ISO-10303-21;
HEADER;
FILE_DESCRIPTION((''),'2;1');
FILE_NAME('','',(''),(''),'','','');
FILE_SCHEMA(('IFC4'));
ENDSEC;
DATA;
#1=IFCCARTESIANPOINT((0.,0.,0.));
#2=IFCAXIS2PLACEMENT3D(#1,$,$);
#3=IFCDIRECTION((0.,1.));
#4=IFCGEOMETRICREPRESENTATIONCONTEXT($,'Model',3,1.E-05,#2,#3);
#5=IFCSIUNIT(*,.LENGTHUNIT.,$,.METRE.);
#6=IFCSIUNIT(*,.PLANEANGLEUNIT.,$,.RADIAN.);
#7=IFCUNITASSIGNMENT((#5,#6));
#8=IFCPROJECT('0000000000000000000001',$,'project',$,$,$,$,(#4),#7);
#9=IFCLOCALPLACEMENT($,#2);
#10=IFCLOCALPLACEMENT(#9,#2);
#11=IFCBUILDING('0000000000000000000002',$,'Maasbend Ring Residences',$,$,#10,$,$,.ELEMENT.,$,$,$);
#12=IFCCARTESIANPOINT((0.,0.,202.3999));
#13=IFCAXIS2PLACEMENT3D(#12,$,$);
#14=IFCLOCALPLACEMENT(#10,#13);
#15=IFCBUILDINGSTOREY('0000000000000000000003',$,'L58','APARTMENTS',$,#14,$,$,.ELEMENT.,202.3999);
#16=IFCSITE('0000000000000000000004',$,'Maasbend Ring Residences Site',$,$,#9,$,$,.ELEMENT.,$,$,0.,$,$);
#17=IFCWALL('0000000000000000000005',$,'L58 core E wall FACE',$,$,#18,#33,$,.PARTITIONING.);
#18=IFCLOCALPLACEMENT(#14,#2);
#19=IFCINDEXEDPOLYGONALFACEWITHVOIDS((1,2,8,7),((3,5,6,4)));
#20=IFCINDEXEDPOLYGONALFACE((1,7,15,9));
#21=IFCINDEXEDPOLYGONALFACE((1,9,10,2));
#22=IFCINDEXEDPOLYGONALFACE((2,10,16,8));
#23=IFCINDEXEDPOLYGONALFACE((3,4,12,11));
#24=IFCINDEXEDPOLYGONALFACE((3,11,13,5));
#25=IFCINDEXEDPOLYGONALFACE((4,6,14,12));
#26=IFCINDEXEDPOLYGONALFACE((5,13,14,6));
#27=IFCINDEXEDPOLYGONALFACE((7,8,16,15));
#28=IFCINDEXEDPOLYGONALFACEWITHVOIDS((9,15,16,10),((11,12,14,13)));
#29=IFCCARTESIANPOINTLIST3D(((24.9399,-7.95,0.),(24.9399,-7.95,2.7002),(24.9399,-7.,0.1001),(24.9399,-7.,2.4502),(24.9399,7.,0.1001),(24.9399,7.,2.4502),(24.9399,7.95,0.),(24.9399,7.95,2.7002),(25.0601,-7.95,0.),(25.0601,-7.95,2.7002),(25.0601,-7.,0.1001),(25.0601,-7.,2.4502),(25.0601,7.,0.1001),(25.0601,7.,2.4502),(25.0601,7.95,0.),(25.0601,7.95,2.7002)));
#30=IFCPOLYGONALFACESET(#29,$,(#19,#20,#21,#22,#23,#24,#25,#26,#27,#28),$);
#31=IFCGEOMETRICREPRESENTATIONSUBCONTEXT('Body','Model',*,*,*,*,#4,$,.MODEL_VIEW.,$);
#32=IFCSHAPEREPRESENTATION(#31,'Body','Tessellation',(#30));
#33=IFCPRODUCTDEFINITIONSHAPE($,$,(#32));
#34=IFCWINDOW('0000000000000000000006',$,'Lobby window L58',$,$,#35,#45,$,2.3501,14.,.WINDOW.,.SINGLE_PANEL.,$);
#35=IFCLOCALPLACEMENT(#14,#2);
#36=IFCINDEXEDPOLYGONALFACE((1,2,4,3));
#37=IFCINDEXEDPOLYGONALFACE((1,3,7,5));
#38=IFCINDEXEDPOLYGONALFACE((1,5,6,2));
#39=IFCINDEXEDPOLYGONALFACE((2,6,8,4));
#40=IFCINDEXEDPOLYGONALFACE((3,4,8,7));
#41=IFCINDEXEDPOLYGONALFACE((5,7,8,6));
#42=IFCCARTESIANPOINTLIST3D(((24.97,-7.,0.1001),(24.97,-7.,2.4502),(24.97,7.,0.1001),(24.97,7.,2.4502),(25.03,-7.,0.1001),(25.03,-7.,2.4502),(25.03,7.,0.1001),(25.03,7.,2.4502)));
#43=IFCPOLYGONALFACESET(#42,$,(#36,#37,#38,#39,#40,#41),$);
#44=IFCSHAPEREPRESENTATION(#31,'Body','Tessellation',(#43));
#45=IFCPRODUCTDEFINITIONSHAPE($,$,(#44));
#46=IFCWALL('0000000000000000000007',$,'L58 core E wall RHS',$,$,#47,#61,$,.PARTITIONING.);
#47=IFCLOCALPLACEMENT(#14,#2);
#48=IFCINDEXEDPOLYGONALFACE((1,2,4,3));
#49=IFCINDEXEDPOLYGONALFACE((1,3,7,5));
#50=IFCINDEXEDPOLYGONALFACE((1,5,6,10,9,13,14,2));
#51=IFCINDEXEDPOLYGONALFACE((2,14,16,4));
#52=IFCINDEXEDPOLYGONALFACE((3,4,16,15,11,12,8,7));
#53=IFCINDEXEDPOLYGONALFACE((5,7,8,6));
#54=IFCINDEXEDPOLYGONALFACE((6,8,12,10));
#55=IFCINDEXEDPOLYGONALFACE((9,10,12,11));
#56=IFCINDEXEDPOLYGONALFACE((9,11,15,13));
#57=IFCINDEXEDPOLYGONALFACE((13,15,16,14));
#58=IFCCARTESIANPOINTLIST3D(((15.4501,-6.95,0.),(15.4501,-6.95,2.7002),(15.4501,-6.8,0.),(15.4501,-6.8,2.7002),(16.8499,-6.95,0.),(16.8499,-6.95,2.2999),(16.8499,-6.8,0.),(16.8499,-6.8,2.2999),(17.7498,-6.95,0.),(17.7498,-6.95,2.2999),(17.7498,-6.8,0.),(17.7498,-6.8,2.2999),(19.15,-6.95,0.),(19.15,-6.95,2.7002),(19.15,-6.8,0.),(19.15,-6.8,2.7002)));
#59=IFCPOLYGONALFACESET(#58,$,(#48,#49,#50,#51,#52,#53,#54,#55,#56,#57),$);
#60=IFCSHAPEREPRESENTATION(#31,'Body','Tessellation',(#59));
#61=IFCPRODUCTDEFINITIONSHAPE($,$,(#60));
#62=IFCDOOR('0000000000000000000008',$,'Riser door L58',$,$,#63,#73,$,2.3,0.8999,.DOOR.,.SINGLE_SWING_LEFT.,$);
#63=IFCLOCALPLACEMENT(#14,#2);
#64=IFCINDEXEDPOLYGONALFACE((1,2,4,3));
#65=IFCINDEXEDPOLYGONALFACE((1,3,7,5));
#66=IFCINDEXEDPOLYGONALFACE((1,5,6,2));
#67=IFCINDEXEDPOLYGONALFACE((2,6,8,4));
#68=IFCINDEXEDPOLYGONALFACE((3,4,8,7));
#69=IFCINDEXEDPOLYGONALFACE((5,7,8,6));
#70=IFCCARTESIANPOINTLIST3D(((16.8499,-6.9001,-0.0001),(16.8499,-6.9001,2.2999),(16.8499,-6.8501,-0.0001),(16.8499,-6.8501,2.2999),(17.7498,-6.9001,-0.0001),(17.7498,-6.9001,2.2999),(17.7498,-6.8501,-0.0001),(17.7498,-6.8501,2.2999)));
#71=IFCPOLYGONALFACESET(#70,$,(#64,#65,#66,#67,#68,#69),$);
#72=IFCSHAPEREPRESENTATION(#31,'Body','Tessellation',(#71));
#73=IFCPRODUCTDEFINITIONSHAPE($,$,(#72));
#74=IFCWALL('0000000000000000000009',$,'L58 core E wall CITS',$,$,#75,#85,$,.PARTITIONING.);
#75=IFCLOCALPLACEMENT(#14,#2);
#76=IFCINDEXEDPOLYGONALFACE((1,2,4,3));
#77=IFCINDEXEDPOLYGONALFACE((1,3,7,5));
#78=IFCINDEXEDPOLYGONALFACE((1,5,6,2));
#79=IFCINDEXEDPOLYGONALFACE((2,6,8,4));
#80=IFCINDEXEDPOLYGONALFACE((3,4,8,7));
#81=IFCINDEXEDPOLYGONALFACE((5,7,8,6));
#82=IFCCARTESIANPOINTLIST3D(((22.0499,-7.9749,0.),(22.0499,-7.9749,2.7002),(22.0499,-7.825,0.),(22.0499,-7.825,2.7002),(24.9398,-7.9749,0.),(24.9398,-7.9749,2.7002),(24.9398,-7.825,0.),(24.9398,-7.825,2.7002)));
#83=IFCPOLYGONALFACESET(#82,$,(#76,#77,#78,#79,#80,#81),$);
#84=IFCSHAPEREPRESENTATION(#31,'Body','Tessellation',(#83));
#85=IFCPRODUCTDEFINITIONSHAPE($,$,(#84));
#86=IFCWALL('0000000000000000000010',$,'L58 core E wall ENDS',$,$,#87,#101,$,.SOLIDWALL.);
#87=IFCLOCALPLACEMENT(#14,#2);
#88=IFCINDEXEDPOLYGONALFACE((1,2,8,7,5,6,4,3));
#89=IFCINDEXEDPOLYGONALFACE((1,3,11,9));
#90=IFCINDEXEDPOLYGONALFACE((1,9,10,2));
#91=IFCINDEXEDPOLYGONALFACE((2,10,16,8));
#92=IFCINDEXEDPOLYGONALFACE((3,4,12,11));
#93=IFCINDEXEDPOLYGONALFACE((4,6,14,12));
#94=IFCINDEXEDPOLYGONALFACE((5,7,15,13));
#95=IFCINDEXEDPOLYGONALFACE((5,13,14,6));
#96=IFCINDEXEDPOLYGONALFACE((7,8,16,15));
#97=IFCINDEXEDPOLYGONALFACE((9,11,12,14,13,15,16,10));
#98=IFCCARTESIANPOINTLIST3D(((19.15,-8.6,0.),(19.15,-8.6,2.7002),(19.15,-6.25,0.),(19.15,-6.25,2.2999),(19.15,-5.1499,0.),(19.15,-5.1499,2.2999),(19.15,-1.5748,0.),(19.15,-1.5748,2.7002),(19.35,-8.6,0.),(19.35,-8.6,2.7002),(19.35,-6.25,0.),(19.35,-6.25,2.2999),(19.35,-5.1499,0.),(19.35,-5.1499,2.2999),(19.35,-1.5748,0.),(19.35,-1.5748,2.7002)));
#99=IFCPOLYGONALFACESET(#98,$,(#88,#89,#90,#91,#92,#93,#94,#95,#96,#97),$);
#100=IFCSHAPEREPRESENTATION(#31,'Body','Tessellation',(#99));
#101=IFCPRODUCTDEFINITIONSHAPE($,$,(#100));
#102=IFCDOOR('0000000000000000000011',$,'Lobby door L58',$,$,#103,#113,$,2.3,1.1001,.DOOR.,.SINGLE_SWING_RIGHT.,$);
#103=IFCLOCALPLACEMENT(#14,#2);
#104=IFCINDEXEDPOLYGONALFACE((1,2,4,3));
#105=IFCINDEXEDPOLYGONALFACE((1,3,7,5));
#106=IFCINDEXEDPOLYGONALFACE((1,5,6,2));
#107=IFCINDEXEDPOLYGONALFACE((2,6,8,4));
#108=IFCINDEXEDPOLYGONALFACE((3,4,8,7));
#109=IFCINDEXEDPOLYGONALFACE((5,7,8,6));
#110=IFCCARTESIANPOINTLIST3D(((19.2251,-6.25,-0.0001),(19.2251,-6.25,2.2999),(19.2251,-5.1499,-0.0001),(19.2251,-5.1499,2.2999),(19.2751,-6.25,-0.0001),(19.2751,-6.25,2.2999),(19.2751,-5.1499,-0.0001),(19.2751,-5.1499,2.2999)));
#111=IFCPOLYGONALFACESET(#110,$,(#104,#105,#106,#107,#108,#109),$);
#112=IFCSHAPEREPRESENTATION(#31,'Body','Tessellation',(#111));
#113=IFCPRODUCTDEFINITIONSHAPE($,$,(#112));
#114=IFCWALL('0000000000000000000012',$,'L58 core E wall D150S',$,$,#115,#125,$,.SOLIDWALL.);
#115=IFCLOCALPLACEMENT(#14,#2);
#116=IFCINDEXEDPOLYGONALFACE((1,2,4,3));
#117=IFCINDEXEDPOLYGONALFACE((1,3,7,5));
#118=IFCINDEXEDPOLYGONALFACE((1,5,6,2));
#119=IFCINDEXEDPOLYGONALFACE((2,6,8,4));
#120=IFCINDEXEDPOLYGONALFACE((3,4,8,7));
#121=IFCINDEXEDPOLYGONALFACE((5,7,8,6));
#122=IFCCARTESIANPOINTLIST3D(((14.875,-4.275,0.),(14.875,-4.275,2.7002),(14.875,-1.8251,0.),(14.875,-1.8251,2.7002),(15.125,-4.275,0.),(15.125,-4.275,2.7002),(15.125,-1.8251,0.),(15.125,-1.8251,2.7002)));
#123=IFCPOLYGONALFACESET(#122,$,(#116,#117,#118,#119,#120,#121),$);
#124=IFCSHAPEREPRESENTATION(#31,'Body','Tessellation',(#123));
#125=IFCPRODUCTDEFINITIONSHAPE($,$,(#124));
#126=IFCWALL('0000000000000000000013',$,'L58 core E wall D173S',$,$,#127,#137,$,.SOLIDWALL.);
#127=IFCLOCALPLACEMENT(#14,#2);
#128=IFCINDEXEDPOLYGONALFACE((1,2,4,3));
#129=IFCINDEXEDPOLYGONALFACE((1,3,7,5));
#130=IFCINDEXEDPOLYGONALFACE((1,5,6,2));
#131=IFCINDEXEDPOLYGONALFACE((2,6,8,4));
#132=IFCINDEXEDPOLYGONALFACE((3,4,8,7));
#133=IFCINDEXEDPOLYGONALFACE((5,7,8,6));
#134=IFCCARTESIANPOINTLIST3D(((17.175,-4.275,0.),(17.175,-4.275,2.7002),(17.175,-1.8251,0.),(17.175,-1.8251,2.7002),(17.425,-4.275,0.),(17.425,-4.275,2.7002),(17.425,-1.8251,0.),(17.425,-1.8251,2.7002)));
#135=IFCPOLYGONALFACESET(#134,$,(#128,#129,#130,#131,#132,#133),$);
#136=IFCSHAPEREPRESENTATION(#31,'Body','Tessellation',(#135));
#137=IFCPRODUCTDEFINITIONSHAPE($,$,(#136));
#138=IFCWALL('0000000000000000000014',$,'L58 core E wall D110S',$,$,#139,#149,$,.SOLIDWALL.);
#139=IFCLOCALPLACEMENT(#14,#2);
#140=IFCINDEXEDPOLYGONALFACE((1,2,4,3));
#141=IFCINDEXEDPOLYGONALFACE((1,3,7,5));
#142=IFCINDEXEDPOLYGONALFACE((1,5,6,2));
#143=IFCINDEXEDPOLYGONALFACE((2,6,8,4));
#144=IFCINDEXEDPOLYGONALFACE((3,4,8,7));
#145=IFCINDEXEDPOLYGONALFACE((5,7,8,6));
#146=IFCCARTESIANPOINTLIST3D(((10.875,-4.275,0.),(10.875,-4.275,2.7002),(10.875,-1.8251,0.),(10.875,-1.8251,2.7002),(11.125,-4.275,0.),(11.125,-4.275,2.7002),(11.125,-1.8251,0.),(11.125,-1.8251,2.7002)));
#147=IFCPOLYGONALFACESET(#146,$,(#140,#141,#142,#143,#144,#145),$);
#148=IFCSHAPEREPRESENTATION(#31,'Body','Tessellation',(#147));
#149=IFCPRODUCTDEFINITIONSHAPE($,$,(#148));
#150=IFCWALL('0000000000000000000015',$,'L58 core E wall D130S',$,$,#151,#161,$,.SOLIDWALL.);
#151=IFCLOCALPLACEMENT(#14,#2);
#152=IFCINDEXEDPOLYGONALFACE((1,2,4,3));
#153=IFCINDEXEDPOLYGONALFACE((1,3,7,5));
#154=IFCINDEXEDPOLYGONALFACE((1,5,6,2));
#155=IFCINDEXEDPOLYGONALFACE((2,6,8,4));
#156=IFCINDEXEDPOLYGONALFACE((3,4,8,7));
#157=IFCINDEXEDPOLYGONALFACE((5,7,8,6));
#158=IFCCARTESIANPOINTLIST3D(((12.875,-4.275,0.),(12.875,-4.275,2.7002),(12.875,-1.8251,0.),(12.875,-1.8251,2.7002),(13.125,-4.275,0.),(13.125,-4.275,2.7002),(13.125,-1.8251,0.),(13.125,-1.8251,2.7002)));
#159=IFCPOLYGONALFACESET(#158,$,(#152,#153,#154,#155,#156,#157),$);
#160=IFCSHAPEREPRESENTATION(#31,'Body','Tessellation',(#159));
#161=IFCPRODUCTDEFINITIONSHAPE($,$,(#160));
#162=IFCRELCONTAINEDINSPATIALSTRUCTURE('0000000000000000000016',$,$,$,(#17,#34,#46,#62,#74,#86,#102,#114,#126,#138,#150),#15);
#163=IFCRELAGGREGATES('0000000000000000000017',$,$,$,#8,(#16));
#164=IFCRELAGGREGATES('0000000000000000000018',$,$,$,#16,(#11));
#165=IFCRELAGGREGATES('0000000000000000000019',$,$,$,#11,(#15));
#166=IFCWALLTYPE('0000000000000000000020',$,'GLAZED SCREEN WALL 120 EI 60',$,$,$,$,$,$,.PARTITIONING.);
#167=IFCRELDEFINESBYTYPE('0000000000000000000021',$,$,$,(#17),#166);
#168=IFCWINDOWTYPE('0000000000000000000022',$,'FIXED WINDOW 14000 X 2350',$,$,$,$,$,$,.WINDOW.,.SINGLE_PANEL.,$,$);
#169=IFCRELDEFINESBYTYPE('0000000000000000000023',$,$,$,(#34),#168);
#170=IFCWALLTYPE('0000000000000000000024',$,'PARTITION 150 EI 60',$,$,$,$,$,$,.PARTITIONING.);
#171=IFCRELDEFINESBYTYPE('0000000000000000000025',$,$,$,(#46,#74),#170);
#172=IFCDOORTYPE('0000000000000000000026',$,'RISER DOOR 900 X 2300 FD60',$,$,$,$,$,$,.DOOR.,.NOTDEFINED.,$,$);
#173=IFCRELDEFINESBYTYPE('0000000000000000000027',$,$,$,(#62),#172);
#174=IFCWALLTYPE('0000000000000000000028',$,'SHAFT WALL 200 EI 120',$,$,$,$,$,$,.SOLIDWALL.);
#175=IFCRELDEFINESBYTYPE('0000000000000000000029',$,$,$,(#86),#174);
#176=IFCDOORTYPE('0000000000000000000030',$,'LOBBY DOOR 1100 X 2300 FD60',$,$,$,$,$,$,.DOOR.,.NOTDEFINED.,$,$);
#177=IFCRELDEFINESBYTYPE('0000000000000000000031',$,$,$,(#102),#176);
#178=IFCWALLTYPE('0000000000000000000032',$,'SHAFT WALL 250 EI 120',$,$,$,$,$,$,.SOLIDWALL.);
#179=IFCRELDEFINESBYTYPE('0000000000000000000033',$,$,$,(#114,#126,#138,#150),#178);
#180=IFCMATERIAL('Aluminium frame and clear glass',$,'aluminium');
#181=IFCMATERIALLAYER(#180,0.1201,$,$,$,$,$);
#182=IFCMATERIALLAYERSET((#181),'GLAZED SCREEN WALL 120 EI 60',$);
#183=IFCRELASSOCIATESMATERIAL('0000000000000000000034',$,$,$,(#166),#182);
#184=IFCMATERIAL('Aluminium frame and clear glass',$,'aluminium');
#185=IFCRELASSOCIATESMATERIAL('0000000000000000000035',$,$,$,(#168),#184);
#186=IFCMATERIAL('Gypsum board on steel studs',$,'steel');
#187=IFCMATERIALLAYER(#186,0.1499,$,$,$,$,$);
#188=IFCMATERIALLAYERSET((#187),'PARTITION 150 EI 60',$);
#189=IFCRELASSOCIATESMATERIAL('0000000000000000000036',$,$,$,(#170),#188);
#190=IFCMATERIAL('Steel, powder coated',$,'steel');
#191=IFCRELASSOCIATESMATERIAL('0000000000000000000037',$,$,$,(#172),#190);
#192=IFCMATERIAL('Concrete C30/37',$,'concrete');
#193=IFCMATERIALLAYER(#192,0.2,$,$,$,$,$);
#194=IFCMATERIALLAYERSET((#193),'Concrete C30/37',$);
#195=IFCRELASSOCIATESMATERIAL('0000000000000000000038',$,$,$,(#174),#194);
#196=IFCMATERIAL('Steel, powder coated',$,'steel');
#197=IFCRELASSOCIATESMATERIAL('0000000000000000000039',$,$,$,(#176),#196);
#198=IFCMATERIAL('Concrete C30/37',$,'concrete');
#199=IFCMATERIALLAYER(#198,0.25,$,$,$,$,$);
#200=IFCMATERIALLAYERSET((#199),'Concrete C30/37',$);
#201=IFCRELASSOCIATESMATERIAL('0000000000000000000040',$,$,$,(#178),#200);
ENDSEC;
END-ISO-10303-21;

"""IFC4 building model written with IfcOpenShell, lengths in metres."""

from ifc_helpers import new_model, si_unit, direction, frame, frame_2d, origin, place, context, subcontext, project, spatial, rectangle, extrude, material, layer, layer_set, type_object, element, fill, save


model = new_model("IFC4")

# Units and contexts
model_context = context("Model", 3, precision=1e-05, world=origin(), true_north=direction((0.0, 1.0)))
body_context = subcontext(model_context, "Body", "Model", "MODEL_VIEW")
ifc_project = project(units=[si_unit("LENGTHUNIT", "METRE"), si_unit("PLANEANGLEUNIT", "RADIAN")], contexts=[model_context])

# Site, building, storey
site_placement = place(None, origin())
site = spatial("IfcSite", under=ifc_project, at=site_placement, Name="Maasbend Ring Residences Site", CompositionType="ELEMENT", RefElevation=0.0)
building_placement = place(site_placement, origin())
building = spatial("IfcBuilding", under=site, at=building_placement, Name="Maasbend Ring Residences", CompositionType="ELEMENT")
storey_placement = place(building_placement, frame((0.0, 0.0, 202.3999)))
storey = spatial("IfcBuildingStorey", under=building, at=storey_placement, Name="L58", Description="APARTMENTS", CompositionType="ELEMENT", Elevation=202.3999)

# Wall, opening, window
ifc_material_1 = material(Name="Aluminium frame and clear glass", Category="aluminium")
ifc_layer_1 = layer(ifc_material_1, 0.1201)
ifc_layer_set_1 = layer_set([ifc_layer_1], Name="GLAZED SCREEN WALL 120 EI 60")
wall_type_1 = type_object("IfcWallType", Name="GLAZED SCREEN WALL 120 EI 60", PredefinedType="PARTITIONING", material=ifc_layer_set_1)
wall_1_placement = place(storey_placement, frame((25.0, -7.95, 0.0), z_axis=(0.0, 0.0, 1.0), x_axis=(0.0, 1.0, 0.0)))
wall_1 = element("IfcWall", 1, at=wall_1_placement, inside=storey, type_object=wall_type_1, Name="L58 core E wall FACE", PredefinedType="PARTITIONING", context=body_context, shape_type="SweptSolid", body=[
    extrude(rectangle(XDim=15.8999, YDim=0.1201, at=frame_2d((7.95, 0.0))), origin(), (0.0, 0.0, 1.0), 2.7002),
])
opening_1_placement = place(wall_1_placement, frame((0.95, 0.0, 0.1001)))
opening_1 = element("IfcOpeningElement", 2, at=opening_1_placement, cuts=wall_1, PredefinedType="OPENING", context=body_context, shape_type="SweptSolid", body=[
    extrude(rectangle(XDim=14.0, YDim=2.3501, at=frame_2d((7.0, 1.175))), frame((0.0, 0.0701, 0.0), z_axis=(0.0, -1.0, 0.0), x_axis=(1.0, 0.0, 0.0)), (0.0, 0.0, 1.0), 0.1401),
])
ifc_material_2 = material(Name="Aluminium frame and clear glass", Category="aluminium")
window_type = type_object("IfcWindowType", Name="FIXED WINDOW 14000 X 2350", PartitioningType="SINGLE_PANEL", PredefinedType="WINDOW", material=ifc_material_2)
window_placement = place(opening_1_placement, origin())
window = element("IfcWindow", 3, at=window_placement, inside=storey, type_object=window_type, Name="Lobby window L58", OverallHeight=2.3501, OverallWidth=14.0, PartitioningType="SINGLE_PANEL", PredefinedType="WINDOW", context=body_context, shape_type="SweptSolid", body=[
    extrude(rectangle(XDim=14.0, YDim=2.3501, at=frame_2d((7.0, 1.175))), frame((0.0, 0.03, 0.0), z_axis=(0.0, -1.0, 0.0), x_axis=(1.0, 0.0, 0.0)), (0.0, 0.0, 1.0), 0.0601),
])
fill(opening_1, window)

# Wall, opening, door
ifc_material_3 = material(Name="Gypsum board on steel studs", Category="steel")
ifc_layer_2 = layer(ifc_material_3, 0.1499)
ifc_layer_set_2 = layer_set([ifc_layer_2], Name="PARTITION 150 EI 60")
wall_type_2 = type_object("IfcWallType", Name="PARTITION 150 EI 60", PredefinedType="PARTITIONING", material=ifc_layer_set_2)
wall_2_placement = place(storey_placement, frame((15.45, -6.875, 0.0), z_axis=(0.0, 0.0, 1.0), x_axis=(1.0, 0.0, 0.0)))
wall_2 = element("IfcWall", 4, at=wall_2_placement, inside=storey, type_object=wall_type_2, Name="L58 core E wall RHS", PredefinedType="PARTITIONING", context=body_context, shape_type="SweptSolid", body=[
    extrude(rectangle(XDim=3.7, YDim=0.1499, at=frame_2d((1.8501, 0.0))), origin(), (0.0, 0.0, 1.0), 2.7002),
])
opening_2_placement = place(wall_2_placement, frame((1.3999, 0.0, 0.0)))
opening_2 = element("IfcOpeningElement", 5, at=opening_2_placement, cuts=wall_2, PredefinedType="OPENING", context=body_context, shape_type="SweptSolid", body=[
    extrude(rectangle(XDim=0.8999, YDim=2.3, at=frame_2d((0.45, 1.1499))), frame((0.0, 0.085, 0.0), z_axis=(0.0, -1.0, 0.0), x_axis=(1.0, 0.0, 0.0)), (0.0, 0.0, 1.0), 0.1699),
])
ifc_material_4 = material(Name="Steel, powder coated", Category="steel")
door_type_1 = type_object("IfcDoorType", Name="RISER DOOR 900 X 2300 FD60", OperationType="NOTDEFINED", PredefinedType="DOOR", material=ifc_material_4)
door_1_placement = place(opening_2_placement, origin())
door_1 = element("IfcDoor", 6, at=door_1_placement, inside=storey, type_object=door_type_1, Name="Riser door L58", OperationType="SINGLE_SWING_LEFT", OverallHeight=2.3, OverallWidth=0.8999, PredefinedType="DOOR", context=body_context, shape_type="SweptSolid", body=[
    extrude(rectangle(XDim=0.8999, YDim=2.3, at=frame_2d((0.45, 1.1499))), frame((0.0, 0.0249, 0.0), z_axis=(0.0, -1.0, 0.0), x_axis=(1.0, 0.0, 0.0)), (0.0, 0.0, 1.0), 0.05),
])
fill(opening_2, door_1)

# Wall
wall_3_placement = place(storey_placement, frame((22.05, -7.8999, 0.0), z_axis=(0.0, 0.0, 1.0), x_axis=(1.0, 0.0, 0.0)))
element("IfcWall", 7, at=wall_3_placement, inside=storey, type_object=wall_type_2, Name="L58 core E wall CITS", PredefinedType="PARTITIONING", context=body_context, shape_type="SweptSolid", body=[
    extrude(rectangle(XDim=2.8899, YDim=0.1499, at=frame_2d((1.4448, 0.0))), origin(), (0.0, 0.0, 1.0), 2.7002),
])

# Wall, opening, door
ifc_material_5 = material(Name="Concrete C30/37", Category="concrete")
ifc_layer_3 = layer(ifc_material_5, 0.2)
ifc_layer_set_3 = layer_set([ifc_layer_3], Name="Concrete C30/37")
wall_type_3 = type_object("IfcWallType", Name="SHAFT WALL 200 EI 120", PredefinedType="SOLIDWALL", material=ifc_layer_set_3)
wall_4_placement = place(storey_placement, frame((19.25, -8.6001, 0.0), z_axis=(0.0, 0.0, 1.0), x_axis=(0.0, 1.0, 0.0)))
wall_4 = element("IfcWall", 8, at=wall_4_placement, inside=storey, type_object=wall_type_3, Name="L58 core E wall ENDS", PredefinedType="SOLIDWALL", context=body_context, shape_type="SweptSolid", body=[
    extrude(rectangle(XDim=7.0251, YDim=0.2, at=frame_2d((3.5127, 0.0))), origin(), (0.0, 0.0, 1.0), 2.7002),
])
opening_3_placement = place(wall_4_placement, frame((2.3501, 0.0, 0.0)))
opening_3 = element("IfcOpeningElement", 9, at=opening_3_placement, cuts=wall_4, PredefinedType="OPENING", context=body_context, shape_type="SweptSolid", body=[
    extrude(rectangle(XDim=1.1001, YDim=2.3, at=frame_2d((0.55, 1.1499))), frame((0.0, 0.1099, 0.0), z_axis=(0.0, -1.0, 0.0), x_axis=(1.0, 0.0, 0.0)), (0.0, 0.0, 1.0), 0.22),
])
ifc_material_6 = material(Name="Steel, powder coated", Category="steel")
door_type_2 = type_object("IfcDoorType", Name="LOBBY DOOR 1100 X 2300 FD60", OperationType="NOTDEFINED", PredefinedType="DOOR", material=ifc_material_6)
door_2_placement = place(opening_3_placement, origin())
door_2 = element("IfcDoor", 10, at=door_2_placement, inside=storey, type_object=door_type_2, Name="Lobby door L58", OperationType="SINGLE_SWING_RIGHT", OverallHeight=2.3, OverallWidth=1.1001, PredefinedType="DOOR", context=body_context, shape_type="SweptSolid", body=[
    extrude(rectangle(XDim=1.1001, YDim=2.3, at=frame_2d((0.55, 1.1499))), frame((0.0, 0.0249, 0.0), z_axis=(0.0, -1.0, 0.0), x_axis=(1.0, 0.0, 0.0)), (0.0, 0.0, 1.0), 0.05),
])
fill(opening_3, door_2)

# Walls
ifc_material_7 = material(Name="Concrete C30/37", Category="concrete")
ifc_layer_4 = layer(ifc_material_7, 0.25)
ifc_layer_set_4 = layer_set([ifc_layer_4], Name="Concrete C30/37")
wall_type_4 = type_object("IfcWallType", Name="SHAFT WALL 250 EI 120", PredefinedType="SOLIDWALL", material=ifc_layer_set_4)
for number, where, z_axis, x_axis, name in (
    (11, (15.0, -1.825, 0.0), (0.0, 0.0, 1.0), (0.0, -1.0, 0.0), "L58 core E wall D150S"),
    (12, (17.3, -1.825, 0.0), (0.0, 0.0, 1.0), (0.0, -1.0, 0.0), "L58 core E wall D173S"),
    (13, (11.0, -1.825, 0.0), (0.0, 0.0, 1.0), (0.0, -1.0, 0.0), "L58 core E wall D110S"),
    (14, (13.0, -1.825, 0.0), (0.0, 0.0, 1.0), (0.0, -1.0, 0.0), "L58 core E wall D130S"),
):
    element("IfcWall", number, at=place(storey_placement, frame(where, z_axis=z_axis, x_axis=x_axis)), inside=storey, type_object=wall_type_4, Name=name, PredefinedType="SOLIDWALL", context=body_context, shape_type="SweptSolid", body=[
        extrude(rectangle(XDim=2.45, YDim=0.25, at=frame_2d((1.2251, 0.0))), origin(), (0.0, 0.0, 1.0), 2.7002),
    ])

save(model, "model.ifc")
